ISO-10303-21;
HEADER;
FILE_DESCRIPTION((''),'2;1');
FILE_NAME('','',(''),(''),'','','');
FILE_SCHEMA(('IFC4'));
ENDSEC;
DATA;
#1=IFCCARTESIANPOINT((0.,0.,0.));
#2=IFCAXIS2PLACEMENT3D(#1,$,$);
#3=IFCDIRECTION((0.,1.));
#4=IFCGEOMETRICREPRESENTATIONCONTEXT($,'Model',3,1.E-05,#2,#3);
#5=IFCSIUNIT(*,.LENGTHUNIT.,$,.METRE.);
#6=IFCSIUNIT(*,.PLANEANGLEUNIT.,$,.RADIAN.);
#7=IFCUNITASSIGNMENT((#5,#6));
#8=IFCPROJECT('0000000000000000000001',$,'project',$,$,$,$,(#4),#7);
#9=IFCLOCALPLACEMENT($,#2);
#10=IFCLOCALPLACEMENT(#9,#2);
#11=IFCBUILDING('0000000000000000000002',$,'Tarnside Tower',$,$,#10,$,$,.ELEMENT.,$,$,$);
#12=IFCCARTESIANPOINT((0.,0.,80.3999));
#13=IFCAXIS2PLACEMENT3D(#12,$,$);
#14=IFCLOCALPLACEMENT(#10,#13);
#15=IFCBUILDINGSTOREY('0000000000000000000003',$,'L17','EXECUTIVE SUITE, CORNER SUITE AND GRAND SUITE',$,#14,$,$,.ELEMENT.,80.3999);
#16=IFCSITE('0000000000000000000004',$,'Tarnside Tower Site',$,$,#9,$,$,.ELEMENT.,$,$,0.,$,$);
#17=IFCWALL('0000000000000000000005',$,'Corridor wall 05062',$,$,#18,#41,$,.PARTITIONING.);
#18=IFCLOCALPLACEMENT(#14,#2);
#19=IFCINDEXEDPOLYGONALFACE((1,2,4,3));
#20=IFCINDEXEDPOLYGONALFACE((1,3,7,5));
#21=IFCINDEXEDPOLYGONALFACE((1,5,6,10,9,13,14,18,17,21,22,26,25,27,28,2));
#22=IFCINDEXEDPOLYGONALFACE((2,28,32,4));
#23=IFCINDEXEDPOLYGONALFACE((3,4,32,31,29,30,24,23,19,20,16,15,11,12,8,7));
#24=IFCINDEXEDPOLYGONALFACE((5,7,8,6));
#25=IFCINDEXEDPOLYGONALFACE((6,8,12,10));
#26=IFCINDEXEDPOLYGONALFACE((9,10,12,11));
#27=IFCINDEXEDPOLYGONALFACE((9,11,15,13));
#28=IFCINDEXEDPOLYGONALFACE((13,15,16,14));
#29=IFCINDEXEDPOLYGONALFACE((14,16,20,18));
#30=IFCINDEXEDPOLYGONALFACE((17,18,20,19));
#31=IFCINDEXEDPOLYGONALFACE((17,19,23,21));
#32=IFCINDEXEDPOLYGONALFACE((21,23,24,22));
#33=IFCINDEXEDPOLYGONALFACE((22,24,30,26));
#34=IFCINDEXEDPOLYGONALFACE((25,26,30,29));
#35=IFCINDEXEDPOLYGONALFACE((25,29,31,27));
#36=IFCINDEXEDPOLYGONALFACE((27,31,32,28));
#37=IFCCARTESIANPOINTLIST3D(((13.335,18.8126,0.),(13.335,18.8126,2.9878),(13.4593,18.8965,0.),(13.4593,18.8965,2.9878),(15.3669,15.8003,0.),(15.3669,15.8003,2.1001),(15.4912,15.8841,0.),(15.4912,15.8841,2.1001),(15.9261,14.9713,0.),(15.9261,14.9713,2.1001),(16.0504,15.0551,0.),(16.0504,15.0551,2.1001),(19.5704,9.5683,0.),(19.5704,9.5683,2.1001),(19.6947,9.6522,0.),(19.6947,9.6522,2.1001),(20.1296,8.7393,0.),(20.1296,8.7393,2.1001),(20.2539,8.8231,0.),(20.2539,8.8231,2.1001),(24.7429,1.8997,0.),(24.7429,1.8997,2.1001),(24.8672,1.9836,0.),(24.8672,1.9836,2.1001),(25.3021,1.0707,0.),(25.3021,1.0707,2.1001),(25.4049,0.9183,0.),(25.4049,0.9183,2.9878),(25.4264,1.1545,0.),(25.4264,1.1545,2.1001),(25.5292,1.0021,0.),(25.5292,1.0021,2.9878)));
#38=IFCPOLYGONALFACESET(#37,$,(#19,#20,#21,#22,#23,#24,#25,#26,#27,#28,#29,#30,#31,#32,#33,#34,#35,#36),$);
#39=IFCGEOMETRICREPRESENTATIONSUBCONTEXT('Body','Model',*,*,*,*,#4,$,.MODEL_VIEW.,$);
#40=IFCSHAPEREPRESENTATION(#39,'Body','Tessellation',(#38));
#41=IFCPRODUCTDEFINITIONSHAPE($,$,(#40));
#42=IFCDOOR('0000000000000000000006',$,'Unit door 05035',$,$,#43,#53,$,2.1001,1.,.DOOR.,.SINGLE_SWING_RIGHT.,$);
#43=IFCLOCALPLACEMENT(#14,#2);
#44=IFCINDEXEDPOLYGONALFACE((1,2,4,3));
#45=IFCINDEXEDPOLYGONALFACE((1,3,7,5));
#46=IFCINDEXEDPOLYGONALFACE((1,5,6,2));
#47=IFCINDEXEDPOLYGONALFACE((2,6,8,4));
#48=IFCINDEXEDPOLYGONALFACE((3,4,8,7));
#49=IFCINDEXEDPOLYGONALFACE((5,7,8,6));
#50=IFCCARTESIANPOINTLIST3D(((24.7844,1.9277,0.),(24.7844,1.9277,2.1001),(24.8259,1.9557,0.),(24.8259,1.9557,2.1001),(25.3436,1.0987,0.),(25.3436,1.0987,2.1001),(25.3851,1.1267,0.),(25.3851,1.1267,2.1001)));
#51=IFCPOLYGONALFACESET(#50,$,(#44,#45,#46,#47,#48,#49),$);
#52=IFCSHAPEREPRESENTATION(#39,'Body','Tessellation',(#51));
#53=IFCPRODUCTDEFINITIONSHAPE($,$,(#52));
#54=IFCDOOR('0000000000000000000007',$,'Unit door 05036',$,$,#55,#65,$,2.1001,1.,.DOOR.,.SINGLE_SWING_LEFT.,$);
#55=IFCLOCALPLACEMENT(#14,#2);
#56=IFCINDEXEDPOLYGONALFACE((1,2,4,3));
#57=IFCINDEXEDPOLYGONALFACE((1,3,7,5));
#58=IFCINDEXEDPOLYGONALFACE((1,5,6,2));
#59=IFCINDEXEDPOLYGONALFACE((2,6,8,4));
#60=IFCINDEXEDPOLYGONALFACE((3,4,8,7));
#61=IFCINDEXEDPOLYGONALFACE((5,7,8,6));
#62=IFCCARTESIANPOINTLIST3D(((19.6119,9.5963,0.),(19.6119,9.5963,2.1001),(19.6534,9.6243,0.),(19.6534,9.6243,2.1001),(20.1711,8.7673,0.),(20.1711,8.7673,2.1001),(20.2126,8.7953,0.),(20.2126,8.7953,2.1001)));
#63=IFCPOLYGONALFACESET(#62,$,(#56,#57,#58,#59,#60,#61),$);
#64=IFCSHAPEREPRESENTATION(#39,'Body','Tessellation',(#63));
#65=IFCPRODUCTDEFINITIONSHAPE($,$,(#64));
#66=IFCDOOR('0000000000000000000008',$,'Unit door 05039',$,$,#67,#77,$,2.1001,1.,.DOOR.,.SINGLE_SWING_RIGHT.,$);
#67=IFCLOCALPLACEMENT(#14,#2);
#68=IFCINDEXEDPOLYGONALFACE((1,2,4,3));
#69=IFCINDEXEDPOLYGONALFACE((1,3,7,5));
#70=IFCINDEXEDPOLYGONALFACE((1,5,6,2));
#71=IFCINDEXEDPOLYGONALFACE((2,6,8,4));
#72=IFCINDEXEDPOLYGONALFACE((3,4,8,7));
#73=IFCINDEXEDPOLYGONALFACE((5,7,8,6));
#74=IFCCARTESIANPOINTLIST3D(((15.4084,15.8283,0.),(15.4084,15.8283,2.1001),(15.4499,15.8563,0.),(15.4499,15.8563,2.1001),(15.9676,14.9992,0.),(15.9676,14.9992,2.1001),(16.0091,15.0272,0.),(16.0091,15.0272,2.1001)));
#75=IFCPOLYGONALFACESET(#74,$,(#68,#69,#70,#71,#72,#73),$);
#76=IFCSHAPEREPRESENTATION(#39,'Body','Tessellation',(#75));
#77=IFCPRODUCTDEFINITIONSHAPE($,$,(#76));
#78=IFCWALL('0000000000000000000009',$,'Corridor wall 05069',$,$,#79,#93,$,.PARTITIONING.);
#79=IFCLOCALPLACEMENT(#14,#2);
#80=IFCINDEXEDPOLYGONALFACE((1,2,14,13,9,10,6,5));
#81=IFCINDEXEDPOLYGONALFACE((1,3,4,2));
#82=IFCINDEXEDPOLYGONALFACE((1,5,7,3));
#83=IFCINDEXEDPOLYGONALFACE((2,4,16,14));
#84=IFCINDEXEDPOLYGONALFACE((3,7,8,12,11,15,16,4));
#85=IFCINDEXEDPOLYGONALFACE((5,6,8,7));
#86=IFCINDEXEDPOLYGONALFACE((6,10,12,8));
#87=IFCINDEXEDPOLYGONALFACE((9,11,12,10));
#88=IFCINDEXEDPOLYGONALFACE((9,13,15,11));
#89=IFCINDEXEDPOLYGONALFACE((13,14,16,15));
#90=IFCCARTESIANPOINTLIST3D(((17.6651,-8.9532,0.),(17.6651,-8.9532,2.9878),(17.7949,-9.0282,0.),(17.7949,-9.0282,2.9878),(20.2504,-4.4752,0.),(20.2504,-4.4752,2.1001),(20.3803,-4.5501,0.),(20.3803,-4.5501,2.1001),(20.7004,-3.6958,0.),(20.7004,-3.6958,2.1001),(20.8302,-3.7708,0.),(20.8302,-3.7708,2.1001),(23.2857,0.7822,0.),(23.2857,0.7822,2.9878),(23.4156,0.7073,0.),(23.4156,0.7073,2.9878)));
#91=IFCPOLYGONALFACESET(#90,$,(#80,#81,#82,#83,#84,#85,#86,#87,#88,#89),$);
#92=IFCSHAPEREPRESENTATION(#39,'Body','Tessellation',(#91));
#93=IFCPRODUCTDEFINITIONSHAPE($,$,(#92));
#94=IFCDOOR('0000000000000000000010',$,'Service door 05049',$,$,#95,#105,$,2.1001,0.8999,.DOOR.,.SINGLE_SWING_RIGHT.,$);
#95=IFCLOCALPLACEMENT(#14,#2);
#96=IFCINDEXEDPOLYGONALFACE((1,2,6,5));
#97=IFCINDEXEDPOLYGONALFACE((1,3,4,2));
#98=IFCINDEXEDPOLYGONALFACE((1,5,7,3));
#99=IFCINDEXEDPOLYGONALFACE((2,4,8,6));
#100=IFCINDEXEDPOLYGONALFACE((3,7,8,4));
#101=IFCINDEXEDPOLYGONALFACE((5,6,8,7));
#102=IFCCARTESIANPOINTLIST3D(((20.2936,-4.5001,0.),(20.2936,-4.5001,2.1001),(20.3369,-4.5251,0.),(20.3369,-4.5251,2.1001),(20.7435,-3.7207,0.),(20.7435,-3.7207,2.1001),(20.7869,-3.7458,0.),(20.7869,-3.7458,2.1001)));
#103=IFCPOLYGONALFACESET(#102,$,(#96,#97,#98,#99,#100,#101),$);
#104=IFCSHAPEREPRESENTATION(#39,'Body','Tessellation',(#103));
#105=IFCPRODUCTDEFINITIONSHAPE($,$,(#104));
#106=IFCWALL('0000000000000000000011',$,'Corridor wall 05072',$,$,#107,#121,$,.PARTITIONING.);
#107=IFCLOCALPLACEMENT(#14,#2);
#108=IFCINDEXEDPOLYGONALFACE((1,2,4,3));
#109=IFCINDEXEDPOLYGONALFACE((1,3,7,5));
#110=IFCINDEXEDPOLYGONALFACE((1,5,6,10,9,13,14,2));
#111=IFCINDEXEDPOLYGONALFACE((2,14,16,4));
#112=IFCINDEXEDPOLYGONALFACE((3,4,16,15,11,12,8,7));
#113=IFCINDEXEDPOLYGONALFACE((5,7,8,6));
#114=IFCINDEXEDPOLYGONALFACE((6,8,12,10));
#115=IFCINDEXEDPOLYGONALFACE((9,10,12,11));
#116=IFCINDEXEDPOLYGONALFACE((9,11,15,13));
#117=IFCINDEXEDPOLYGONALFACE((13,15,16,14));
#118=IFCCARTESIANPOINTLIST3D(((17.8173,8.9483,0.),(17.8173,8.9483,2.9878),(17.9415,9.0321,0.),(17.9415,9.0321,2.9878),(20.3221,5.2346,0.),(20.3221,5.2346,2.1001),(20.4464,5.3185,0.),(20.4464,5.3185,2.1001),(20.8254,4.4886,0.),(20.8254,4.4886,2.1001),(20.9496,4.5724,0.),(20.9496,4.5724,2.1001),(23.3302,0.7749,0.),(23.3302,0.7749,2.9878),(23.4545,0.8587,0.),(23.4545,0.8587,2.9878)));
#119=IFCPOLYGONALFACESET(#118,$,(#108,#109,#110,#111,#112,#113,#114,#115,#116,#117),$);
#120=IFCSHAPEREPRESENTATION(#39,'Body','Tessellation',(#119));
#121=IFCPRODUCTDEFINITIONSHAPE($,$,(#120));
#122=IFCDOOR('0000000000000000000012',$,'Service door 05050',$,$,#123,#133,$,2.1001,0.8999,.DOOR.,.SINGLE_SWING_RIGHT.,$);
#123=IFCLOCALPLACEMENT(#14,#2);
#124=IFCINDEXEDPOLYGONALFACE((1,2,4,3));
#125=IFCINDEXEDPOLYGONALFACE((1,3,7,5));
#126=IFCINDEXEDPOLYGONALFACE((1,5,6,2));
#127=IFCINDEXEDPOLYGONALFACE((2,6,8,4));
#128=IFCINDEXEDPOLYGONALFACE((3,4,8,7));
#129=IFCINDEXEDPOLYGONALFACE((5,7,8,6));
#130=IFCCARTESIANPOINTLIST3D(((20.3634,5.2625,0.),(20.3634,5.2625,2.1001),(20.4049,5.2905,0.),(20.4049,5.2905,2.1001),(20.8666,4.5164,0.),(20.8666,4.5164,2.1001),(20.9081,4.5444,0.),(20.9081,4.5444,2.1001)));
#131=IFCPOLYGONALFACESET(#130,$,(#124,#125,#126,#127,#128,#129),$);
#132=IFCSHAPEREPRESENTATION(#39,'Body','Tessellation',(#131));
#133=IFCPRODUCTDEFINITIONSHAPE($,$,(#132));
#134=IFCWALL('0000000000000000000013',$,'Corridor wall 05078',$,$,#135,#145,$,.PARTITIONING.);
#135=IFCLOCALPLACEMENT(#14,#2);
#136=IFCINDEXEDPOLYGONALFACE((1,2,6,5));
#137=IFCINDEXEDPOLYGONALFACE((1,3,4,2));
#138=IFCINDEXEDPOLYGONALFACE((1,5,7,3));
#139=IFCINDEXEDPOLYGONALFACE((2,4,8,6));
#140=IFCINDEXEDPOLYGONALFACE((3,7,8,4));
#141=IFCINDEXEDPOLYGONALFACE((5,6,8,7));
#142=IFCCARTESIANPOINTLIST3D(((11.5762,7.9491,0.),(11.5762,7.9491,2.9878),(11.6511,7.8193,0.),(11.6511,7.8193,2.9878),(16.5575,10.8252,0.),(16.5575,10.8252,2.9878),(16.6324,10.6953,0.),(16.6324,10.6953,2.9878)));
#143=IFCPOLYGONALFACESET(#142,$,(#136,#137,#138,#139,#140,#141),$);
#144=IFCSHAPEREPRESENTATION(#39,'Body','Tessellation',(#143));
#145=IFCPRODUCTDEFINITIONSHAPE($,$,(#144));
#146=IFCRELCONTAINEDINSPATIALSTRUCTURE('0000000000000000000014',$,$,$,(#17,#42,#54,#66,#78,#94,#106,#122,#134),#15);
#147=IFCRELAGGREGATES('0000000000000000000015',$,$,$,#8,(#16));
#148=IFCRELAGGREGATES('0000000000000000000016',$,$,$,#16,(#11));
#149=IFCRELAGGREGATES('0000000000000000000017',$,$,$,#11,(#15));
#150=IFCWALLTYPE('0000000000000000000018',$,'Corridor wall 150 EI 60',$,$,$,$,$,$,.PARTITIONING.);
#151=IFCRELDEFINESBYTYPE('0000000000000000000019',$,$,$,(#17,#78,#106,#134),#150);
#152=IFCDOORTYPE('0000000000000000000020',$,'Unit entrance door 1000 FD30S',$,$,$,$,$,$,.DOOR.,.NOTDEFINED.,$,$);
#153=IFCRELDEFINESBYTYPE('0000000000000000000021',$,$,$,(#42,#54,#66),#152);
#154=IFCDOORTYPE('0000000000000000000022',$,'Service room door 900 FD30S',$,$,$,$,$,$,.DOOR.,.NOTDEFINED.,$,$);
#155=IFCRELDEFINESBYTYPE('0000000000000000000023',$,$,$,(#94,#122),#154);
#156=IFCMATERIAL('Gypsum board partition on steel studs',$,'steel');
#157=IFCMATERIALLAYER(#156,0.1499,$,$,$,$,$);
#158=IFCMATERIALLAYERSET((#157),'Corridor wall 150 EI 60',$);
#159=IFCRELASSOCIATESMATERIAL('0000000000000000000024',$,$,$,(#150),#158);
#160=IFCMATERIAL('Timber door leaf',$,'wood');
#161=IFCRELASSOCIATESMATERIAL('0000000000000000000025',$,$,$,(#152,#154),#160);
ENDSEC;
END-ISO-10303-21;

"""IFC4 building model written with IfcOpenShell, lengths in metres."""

from ifc_helpers import new_model, si_unit, direction, frame, frame_2d, origin, place, context, subcontext, project, spatial, rectangle, extrude, material, layer, layer_set, type_object, element, fill, save


model = new_model("IFC4")

# Units and contexts
model_context = context("Model", 3, precision=1e-05, world=origin(), true_north=direction((0.0, 1.0)))
body_context = subcontext(model_context, "Body", "Model", "MODEL_VIEW")
ifc_project = project(units=[si_unit("LENGTHUNIT", "METRE"), si_unit("PLANEANGLEUNIT", "RADIAN")], contexts=[model_context])

# Site, building, storey
site_placement = place(None, origin())
site = spatial("IfcSite", under=ifc_project, at=site_placement, Name="Tarnside Tower Site", CompositionType="ELEMENT", RefElevation=0.0)
building_placement = place(site_placement, origin())
building = spatial("IfcBuilding", under=site, at=building_placement, Name="Tarnside Tower", CompositionType="ELEMENT")
storey_placement = place(building_placement, frame((0.0, 0.0, 80.3999)))
storey = spatial("IfcBuildingStorey", under=building, at=storey_placement, Name="L17", Description="EXECUTIVE SUITE, CORNER SUITE AND GRAND SUITE", CompositionType="ELEMENT", Elevation=80.3999)

# Shared definitions
ifc_material_1 = material(Name="Gypsum board partition on steel studs", Category="steel")
ifc_material_2 = material(Name="Timber door leaf", Category="wood")

# Wall, openings, doors
ifc_layer_1 = layer(ifc_material_1, 0.1499)
ifc_layer_set_1 = layer_set([ifc_layer_1], Name="Corridor wall 150 EI 60")
wall_type_1 = type_object("IfcWallType", Name="Corridor wall 150 EI 60", PredefinedType="PARTITIONING", material=ifc_layer_set_1)
wall_1_placement = place(storey_placement, frame((25.467, 0.9602, 0.0), z_axis=(0.0, 0.0, 1.0), x_axis=(-0.559192, 0.829038, 0.0)))
wall_1 = element("IfcWall", 1, at=wall_1_placement, inside=storey, type_object=wall_type_1, Name="Corridor wall 05062", PredefinedType="PARTITIONING", context=body_context, shape_type="SweptSolid", body=[
    extrude(rectangle(XDim=21.5845, YDim=0.1499, at=frame_2d((10.7922, 0.0))), origin(), (0.0, 0.0, 1.0), 2.9878),
])
opening_1_placement = place(wall_1_placement, frame((0.1838, 0.0, 0.0)))
opening_1 = element("IfcOpeningElement", 2, at=opening_1_placement, cuts=wall_1, PredefinedType="OPENING", context=body_context, shape_type="SweptSolid", body=[
    extrude(rectangle(XDim=1.0, YDim=2.1001, at=frame_2d((0.5, 1.05))), frame((0.0, 0.085, 0.0), z_axis=(0.0, -1.0, 0.0), x_axis=(1.0, 0.0, 0.0)), (0.0, 0.0, 1.0), 0.1699),
])
opening_2_placement = place(wall_1_placement, frame((9.4338, 0.0, 0.0)))
opening_2 = element("IfcOpeningElement", 3, at=opening_2_placement, cuts=wall_1, PredefinedType="OPENING", context=body_context, shape_type="SweptSolid", body=[
    extrude(rectangle(XDim=1.0, YDim=2.1001, at=frame_2d((0.5, 1.05))), frame((0.0, 0.085, 0.0), z_axis=(0.0, -1.0, 0.0), x_axis=(1.0, 0.0, 0.0)), (0.0, 0.0, 1.0), 0.1699),
])
opening_3_placement = place(wall_1_placement, frame((16.9509, 0.0, 0.0)))
opening_3 = element("IfcOpeningElement", 4, at=opening_3_placement, cuts=wall_1, PredefinedType="OPENING", context=body_context, shape_type="SweptSolid", body=[
    extrude(rectangle(XDim=1.0, YDim=2.1001, at=frame_2d((0.5, 1.05))), frame((0.0, 0.085, 0.0), z_axis=(0.0, -1.0, 0.0), x_axis=(1.0, 0.0, 0.0)), (0.0, 0.0, 1.0), 0.1699),
])
door_type_1 = type_object("IfcDoorType", Name="Unit entrance door 1000 FD30S", OperationType="NOTDEFINED", PredefinedType="DOOR", material=ifc_material_2)
door_1_placement = place(opening_1_placement, origin())
door_1 = element("IfcDoor", 5, at=door_1_placement, inside=storey, type_object=door_type_1, Name="Unit door 05035", OperationType="SINGLE_SWING_RIGHT", OverallHeight=2.1001, OverallWidth=1.0, PredefinedType="DOOR", context=body_context, shape_type="SweptSolid", body=[
    extrude(rectangle(XDim=1.0, YDim=2.1001, at=frame_2d((0.5, 1.05))), frame((0.0, 0.0249, 0.0), z_axis=(0.0, -1.0, 0.0), x_axis=(1.0, 0.0, 0.0)), (0.0, 0.0, 1.0), 0.05),
])
fill(opening_1, door_1)
door_2_placement = place(opening_2_placement, origin())
door_2 = element("IfcDoor", 6, at=door_2_placement, inside=storey, type_object=door_type_1, Name="Unit door 05036", OperationType="SINGLE_SWING_LEFT", OverallHeight=2.1001, OverallWidth=1.0, PredefinedType="DOOR", context=body_context, shape_type="SweptSolid", body=[
    extrude(rectangle(XDim=1.0, YDim=2.1001, at=frame_2d((0.5, 1.05))), frame((0.0, 0.0249, 0.0), z_axis=(0.0, -1.0, 0.0), x_axis=(1.0, 0.0, 0.0)), (0.0, 0.0, 1.0), 0.05),
])
fill(opening_2, door_2)
door_3_placement = place(opening_3_placement, origin())
door_3 = element("IfcDoor", 7, at=door_3_placement, inside=storey, type_object=door_type_1, Name="Unit door 05039", OperationType="SINGLE_SWING_RIGHT", OverallHeight=2.1001, OverallWidth=1.0, PredefinedType="DOOR", context=body_context, shape_type="SweptSolid", body=[
    extrude(rectangle(XDim=1.0, YDim=2.1001, at=frame_2d((0.5, 1.05))), frame((0.0, 0.0249, 0.0), z_axis=(0.0, -1.0, 0.0), x_axis=(1.0, 0.0, 0.0)), (0.0, 0.0, 1.0), 0.05),
])
fill(opening_3, door_3)

# Walls, openings, doors
wall_2_placement = place(storey_placement, frame((23.3506, 0.7446, 0.0), z_axis=(0.0, 0.0, 1.0), x_axis=(-0.499993, -0.866029, 0.0)))
wall_2 = element("IfcWall", 8, at=wall_2_placement, inside=storey, type_object=wall_type_1, Name="Corridor wall 05069", PredefinedType="PARTITIONING", context=body_context, shape_type="SweptSolid", body=[
    extrude(rectangle(XDim=11.2415, YDim=0.1499, at=frame_2d((5.6206, 0.0))), origin(), (0.0, 0.0, 1.0), 2.9878),
])
opening_4_placement = place(wall_2_placement, frame((5.1707, 0.0, 0.0)))
opening_4 = element("IfcOpeningElement", 9, at=opening_4_placement, cuts=wall_2, PredefinedType="OPENING", context=body_context, shape_type="SweptSolid", body=[
    extrude(rectangle(XDim=0.8999, YDim=2.1001, at=frame_2d((0.45, 1.05))), frame((0.0, 0.085, 0.0), z_axis=(0.0, -1.0, 0.0), x_axis=(1.0, 0.0, 0.0)), (0.0, 0.0, 1.0), 0.1699),
])
door_type_2 = type_object("IfcDoorType", Name="Service room door 900 FD30S", OperationType="NOTDEFINED", PredefinedType="DOOR", material=ifc_material_2)
door_4_placement = place(opening_4_placement, origin())
door_4 = element("IfcDoor", 10, at=door_4_placement, inside=storey, type_object=door_type_2, Name="Service door 05049", OperationType="SINGLE_SWING_RIGHT", OverallHeight=2.1001, OverallWidth=0.8999, PredefinedType="DOOR", context=body_context, shape_type="SweptSolid", body=[
    extrude(rectangle(XDim=0.8999, YDim=2.1001, at=frame_2d((0.45, 1.05))), frame((0.0, 0.0249, 0.0), z_axis=(0.0, -1.0, 0.0), x_axis=(1.0, 0.0, 0.0)), (0.0, 0.0, 1.0), 0.05),
])
fill(opening_4, door_4)
wall_3_placement = place(storey_placement, frame((17.8794, 8.9902, 0.0), z_axis=(0.0, 0.0, 1.0), x_axis=(0.55919, -0.82904, 0.0)))
wall_3 = element("IfcWall", 11, at=wall_3_placement, inside=storey, type_object=wall_type_1, Name="Corridor wall 05072", PredefinedType="PARTITIONING", context=body_context, shape_type="SweptSolid", body=[
    extrude(rectangle(XDim=9.8589, YDim=0.1499, at=frame_2d((4.9294, 0.0))), origin(), (0.0, 0.0, 1.0), 2.9878),
])
opening_5_placement = place(wall_3_placement, frame((4.4795, 0.0, 0.0)))
opening_5 = element("IfcOpeningElement", 12, at=opening_5_placement, cuts=wall_3, PredefinedType="OPENING", context=body_context, shape_type="SweptSolid", body=[
    extrude(rectangle(XDim=0.8999, YDim=2.1001, at=frame_2d((0.45, 1.05))), frame((0.0, 0.085, 0.0), z_axis=(0.0, -1.0, 0.0), x_axis=(1.0, 0.0, 0.0)), (0.0, 0.0, 1.0), 0.1699),
])
door_5_placement = place(opening_5_placement, origin())
door_5 = element("IfcDoor", 13, at=door_5_placement, inside=storey, type_object=door_type_2, Name="Service door 05050", OperationType="SINGLE_SWING_RIGHT", OverallHeight=2.1001, OverallWidth=0.8999, PredefinedType="DOOR", context=body_context, shape_type="SweptSolid", body=[
    extrude(rectangle(XDim=0.8999, YDim=2.1001, at=frame_2d((0.45, 1.05))), frame((0.0, 0.0249, 0.0), z_axis=(0.0, -1.0, 0.0), x_axis=(1.0, 0.0, 0.0)), (0.0, 0.0, 1.0), 0.05),
])
fill(opening_5, door_5)

# Wall
wall_4_placement = place(storey_placement, frame((16.595, 10.7603, 0.0), z_axis=(0.0, 0.0, 1.0), x_axis=(-0.866019, -0.50001, 0.0)))
element("IfcWall", 14, at=wall_4_placement, inside=storey, type_object=wall_type_1, Name="Corridor wall 05078", PredefinedType="PARTITIONING", context=body_context, shape_type="SweptSolid", body=[
    extrude(rectangle(XDim=5.752, YDim=0.1499, at=frame_2d((2.876, 0.0))), origin(), (0.0, 0.0, 1.0), 2.9878),
])

save(model, "model.ifc")
